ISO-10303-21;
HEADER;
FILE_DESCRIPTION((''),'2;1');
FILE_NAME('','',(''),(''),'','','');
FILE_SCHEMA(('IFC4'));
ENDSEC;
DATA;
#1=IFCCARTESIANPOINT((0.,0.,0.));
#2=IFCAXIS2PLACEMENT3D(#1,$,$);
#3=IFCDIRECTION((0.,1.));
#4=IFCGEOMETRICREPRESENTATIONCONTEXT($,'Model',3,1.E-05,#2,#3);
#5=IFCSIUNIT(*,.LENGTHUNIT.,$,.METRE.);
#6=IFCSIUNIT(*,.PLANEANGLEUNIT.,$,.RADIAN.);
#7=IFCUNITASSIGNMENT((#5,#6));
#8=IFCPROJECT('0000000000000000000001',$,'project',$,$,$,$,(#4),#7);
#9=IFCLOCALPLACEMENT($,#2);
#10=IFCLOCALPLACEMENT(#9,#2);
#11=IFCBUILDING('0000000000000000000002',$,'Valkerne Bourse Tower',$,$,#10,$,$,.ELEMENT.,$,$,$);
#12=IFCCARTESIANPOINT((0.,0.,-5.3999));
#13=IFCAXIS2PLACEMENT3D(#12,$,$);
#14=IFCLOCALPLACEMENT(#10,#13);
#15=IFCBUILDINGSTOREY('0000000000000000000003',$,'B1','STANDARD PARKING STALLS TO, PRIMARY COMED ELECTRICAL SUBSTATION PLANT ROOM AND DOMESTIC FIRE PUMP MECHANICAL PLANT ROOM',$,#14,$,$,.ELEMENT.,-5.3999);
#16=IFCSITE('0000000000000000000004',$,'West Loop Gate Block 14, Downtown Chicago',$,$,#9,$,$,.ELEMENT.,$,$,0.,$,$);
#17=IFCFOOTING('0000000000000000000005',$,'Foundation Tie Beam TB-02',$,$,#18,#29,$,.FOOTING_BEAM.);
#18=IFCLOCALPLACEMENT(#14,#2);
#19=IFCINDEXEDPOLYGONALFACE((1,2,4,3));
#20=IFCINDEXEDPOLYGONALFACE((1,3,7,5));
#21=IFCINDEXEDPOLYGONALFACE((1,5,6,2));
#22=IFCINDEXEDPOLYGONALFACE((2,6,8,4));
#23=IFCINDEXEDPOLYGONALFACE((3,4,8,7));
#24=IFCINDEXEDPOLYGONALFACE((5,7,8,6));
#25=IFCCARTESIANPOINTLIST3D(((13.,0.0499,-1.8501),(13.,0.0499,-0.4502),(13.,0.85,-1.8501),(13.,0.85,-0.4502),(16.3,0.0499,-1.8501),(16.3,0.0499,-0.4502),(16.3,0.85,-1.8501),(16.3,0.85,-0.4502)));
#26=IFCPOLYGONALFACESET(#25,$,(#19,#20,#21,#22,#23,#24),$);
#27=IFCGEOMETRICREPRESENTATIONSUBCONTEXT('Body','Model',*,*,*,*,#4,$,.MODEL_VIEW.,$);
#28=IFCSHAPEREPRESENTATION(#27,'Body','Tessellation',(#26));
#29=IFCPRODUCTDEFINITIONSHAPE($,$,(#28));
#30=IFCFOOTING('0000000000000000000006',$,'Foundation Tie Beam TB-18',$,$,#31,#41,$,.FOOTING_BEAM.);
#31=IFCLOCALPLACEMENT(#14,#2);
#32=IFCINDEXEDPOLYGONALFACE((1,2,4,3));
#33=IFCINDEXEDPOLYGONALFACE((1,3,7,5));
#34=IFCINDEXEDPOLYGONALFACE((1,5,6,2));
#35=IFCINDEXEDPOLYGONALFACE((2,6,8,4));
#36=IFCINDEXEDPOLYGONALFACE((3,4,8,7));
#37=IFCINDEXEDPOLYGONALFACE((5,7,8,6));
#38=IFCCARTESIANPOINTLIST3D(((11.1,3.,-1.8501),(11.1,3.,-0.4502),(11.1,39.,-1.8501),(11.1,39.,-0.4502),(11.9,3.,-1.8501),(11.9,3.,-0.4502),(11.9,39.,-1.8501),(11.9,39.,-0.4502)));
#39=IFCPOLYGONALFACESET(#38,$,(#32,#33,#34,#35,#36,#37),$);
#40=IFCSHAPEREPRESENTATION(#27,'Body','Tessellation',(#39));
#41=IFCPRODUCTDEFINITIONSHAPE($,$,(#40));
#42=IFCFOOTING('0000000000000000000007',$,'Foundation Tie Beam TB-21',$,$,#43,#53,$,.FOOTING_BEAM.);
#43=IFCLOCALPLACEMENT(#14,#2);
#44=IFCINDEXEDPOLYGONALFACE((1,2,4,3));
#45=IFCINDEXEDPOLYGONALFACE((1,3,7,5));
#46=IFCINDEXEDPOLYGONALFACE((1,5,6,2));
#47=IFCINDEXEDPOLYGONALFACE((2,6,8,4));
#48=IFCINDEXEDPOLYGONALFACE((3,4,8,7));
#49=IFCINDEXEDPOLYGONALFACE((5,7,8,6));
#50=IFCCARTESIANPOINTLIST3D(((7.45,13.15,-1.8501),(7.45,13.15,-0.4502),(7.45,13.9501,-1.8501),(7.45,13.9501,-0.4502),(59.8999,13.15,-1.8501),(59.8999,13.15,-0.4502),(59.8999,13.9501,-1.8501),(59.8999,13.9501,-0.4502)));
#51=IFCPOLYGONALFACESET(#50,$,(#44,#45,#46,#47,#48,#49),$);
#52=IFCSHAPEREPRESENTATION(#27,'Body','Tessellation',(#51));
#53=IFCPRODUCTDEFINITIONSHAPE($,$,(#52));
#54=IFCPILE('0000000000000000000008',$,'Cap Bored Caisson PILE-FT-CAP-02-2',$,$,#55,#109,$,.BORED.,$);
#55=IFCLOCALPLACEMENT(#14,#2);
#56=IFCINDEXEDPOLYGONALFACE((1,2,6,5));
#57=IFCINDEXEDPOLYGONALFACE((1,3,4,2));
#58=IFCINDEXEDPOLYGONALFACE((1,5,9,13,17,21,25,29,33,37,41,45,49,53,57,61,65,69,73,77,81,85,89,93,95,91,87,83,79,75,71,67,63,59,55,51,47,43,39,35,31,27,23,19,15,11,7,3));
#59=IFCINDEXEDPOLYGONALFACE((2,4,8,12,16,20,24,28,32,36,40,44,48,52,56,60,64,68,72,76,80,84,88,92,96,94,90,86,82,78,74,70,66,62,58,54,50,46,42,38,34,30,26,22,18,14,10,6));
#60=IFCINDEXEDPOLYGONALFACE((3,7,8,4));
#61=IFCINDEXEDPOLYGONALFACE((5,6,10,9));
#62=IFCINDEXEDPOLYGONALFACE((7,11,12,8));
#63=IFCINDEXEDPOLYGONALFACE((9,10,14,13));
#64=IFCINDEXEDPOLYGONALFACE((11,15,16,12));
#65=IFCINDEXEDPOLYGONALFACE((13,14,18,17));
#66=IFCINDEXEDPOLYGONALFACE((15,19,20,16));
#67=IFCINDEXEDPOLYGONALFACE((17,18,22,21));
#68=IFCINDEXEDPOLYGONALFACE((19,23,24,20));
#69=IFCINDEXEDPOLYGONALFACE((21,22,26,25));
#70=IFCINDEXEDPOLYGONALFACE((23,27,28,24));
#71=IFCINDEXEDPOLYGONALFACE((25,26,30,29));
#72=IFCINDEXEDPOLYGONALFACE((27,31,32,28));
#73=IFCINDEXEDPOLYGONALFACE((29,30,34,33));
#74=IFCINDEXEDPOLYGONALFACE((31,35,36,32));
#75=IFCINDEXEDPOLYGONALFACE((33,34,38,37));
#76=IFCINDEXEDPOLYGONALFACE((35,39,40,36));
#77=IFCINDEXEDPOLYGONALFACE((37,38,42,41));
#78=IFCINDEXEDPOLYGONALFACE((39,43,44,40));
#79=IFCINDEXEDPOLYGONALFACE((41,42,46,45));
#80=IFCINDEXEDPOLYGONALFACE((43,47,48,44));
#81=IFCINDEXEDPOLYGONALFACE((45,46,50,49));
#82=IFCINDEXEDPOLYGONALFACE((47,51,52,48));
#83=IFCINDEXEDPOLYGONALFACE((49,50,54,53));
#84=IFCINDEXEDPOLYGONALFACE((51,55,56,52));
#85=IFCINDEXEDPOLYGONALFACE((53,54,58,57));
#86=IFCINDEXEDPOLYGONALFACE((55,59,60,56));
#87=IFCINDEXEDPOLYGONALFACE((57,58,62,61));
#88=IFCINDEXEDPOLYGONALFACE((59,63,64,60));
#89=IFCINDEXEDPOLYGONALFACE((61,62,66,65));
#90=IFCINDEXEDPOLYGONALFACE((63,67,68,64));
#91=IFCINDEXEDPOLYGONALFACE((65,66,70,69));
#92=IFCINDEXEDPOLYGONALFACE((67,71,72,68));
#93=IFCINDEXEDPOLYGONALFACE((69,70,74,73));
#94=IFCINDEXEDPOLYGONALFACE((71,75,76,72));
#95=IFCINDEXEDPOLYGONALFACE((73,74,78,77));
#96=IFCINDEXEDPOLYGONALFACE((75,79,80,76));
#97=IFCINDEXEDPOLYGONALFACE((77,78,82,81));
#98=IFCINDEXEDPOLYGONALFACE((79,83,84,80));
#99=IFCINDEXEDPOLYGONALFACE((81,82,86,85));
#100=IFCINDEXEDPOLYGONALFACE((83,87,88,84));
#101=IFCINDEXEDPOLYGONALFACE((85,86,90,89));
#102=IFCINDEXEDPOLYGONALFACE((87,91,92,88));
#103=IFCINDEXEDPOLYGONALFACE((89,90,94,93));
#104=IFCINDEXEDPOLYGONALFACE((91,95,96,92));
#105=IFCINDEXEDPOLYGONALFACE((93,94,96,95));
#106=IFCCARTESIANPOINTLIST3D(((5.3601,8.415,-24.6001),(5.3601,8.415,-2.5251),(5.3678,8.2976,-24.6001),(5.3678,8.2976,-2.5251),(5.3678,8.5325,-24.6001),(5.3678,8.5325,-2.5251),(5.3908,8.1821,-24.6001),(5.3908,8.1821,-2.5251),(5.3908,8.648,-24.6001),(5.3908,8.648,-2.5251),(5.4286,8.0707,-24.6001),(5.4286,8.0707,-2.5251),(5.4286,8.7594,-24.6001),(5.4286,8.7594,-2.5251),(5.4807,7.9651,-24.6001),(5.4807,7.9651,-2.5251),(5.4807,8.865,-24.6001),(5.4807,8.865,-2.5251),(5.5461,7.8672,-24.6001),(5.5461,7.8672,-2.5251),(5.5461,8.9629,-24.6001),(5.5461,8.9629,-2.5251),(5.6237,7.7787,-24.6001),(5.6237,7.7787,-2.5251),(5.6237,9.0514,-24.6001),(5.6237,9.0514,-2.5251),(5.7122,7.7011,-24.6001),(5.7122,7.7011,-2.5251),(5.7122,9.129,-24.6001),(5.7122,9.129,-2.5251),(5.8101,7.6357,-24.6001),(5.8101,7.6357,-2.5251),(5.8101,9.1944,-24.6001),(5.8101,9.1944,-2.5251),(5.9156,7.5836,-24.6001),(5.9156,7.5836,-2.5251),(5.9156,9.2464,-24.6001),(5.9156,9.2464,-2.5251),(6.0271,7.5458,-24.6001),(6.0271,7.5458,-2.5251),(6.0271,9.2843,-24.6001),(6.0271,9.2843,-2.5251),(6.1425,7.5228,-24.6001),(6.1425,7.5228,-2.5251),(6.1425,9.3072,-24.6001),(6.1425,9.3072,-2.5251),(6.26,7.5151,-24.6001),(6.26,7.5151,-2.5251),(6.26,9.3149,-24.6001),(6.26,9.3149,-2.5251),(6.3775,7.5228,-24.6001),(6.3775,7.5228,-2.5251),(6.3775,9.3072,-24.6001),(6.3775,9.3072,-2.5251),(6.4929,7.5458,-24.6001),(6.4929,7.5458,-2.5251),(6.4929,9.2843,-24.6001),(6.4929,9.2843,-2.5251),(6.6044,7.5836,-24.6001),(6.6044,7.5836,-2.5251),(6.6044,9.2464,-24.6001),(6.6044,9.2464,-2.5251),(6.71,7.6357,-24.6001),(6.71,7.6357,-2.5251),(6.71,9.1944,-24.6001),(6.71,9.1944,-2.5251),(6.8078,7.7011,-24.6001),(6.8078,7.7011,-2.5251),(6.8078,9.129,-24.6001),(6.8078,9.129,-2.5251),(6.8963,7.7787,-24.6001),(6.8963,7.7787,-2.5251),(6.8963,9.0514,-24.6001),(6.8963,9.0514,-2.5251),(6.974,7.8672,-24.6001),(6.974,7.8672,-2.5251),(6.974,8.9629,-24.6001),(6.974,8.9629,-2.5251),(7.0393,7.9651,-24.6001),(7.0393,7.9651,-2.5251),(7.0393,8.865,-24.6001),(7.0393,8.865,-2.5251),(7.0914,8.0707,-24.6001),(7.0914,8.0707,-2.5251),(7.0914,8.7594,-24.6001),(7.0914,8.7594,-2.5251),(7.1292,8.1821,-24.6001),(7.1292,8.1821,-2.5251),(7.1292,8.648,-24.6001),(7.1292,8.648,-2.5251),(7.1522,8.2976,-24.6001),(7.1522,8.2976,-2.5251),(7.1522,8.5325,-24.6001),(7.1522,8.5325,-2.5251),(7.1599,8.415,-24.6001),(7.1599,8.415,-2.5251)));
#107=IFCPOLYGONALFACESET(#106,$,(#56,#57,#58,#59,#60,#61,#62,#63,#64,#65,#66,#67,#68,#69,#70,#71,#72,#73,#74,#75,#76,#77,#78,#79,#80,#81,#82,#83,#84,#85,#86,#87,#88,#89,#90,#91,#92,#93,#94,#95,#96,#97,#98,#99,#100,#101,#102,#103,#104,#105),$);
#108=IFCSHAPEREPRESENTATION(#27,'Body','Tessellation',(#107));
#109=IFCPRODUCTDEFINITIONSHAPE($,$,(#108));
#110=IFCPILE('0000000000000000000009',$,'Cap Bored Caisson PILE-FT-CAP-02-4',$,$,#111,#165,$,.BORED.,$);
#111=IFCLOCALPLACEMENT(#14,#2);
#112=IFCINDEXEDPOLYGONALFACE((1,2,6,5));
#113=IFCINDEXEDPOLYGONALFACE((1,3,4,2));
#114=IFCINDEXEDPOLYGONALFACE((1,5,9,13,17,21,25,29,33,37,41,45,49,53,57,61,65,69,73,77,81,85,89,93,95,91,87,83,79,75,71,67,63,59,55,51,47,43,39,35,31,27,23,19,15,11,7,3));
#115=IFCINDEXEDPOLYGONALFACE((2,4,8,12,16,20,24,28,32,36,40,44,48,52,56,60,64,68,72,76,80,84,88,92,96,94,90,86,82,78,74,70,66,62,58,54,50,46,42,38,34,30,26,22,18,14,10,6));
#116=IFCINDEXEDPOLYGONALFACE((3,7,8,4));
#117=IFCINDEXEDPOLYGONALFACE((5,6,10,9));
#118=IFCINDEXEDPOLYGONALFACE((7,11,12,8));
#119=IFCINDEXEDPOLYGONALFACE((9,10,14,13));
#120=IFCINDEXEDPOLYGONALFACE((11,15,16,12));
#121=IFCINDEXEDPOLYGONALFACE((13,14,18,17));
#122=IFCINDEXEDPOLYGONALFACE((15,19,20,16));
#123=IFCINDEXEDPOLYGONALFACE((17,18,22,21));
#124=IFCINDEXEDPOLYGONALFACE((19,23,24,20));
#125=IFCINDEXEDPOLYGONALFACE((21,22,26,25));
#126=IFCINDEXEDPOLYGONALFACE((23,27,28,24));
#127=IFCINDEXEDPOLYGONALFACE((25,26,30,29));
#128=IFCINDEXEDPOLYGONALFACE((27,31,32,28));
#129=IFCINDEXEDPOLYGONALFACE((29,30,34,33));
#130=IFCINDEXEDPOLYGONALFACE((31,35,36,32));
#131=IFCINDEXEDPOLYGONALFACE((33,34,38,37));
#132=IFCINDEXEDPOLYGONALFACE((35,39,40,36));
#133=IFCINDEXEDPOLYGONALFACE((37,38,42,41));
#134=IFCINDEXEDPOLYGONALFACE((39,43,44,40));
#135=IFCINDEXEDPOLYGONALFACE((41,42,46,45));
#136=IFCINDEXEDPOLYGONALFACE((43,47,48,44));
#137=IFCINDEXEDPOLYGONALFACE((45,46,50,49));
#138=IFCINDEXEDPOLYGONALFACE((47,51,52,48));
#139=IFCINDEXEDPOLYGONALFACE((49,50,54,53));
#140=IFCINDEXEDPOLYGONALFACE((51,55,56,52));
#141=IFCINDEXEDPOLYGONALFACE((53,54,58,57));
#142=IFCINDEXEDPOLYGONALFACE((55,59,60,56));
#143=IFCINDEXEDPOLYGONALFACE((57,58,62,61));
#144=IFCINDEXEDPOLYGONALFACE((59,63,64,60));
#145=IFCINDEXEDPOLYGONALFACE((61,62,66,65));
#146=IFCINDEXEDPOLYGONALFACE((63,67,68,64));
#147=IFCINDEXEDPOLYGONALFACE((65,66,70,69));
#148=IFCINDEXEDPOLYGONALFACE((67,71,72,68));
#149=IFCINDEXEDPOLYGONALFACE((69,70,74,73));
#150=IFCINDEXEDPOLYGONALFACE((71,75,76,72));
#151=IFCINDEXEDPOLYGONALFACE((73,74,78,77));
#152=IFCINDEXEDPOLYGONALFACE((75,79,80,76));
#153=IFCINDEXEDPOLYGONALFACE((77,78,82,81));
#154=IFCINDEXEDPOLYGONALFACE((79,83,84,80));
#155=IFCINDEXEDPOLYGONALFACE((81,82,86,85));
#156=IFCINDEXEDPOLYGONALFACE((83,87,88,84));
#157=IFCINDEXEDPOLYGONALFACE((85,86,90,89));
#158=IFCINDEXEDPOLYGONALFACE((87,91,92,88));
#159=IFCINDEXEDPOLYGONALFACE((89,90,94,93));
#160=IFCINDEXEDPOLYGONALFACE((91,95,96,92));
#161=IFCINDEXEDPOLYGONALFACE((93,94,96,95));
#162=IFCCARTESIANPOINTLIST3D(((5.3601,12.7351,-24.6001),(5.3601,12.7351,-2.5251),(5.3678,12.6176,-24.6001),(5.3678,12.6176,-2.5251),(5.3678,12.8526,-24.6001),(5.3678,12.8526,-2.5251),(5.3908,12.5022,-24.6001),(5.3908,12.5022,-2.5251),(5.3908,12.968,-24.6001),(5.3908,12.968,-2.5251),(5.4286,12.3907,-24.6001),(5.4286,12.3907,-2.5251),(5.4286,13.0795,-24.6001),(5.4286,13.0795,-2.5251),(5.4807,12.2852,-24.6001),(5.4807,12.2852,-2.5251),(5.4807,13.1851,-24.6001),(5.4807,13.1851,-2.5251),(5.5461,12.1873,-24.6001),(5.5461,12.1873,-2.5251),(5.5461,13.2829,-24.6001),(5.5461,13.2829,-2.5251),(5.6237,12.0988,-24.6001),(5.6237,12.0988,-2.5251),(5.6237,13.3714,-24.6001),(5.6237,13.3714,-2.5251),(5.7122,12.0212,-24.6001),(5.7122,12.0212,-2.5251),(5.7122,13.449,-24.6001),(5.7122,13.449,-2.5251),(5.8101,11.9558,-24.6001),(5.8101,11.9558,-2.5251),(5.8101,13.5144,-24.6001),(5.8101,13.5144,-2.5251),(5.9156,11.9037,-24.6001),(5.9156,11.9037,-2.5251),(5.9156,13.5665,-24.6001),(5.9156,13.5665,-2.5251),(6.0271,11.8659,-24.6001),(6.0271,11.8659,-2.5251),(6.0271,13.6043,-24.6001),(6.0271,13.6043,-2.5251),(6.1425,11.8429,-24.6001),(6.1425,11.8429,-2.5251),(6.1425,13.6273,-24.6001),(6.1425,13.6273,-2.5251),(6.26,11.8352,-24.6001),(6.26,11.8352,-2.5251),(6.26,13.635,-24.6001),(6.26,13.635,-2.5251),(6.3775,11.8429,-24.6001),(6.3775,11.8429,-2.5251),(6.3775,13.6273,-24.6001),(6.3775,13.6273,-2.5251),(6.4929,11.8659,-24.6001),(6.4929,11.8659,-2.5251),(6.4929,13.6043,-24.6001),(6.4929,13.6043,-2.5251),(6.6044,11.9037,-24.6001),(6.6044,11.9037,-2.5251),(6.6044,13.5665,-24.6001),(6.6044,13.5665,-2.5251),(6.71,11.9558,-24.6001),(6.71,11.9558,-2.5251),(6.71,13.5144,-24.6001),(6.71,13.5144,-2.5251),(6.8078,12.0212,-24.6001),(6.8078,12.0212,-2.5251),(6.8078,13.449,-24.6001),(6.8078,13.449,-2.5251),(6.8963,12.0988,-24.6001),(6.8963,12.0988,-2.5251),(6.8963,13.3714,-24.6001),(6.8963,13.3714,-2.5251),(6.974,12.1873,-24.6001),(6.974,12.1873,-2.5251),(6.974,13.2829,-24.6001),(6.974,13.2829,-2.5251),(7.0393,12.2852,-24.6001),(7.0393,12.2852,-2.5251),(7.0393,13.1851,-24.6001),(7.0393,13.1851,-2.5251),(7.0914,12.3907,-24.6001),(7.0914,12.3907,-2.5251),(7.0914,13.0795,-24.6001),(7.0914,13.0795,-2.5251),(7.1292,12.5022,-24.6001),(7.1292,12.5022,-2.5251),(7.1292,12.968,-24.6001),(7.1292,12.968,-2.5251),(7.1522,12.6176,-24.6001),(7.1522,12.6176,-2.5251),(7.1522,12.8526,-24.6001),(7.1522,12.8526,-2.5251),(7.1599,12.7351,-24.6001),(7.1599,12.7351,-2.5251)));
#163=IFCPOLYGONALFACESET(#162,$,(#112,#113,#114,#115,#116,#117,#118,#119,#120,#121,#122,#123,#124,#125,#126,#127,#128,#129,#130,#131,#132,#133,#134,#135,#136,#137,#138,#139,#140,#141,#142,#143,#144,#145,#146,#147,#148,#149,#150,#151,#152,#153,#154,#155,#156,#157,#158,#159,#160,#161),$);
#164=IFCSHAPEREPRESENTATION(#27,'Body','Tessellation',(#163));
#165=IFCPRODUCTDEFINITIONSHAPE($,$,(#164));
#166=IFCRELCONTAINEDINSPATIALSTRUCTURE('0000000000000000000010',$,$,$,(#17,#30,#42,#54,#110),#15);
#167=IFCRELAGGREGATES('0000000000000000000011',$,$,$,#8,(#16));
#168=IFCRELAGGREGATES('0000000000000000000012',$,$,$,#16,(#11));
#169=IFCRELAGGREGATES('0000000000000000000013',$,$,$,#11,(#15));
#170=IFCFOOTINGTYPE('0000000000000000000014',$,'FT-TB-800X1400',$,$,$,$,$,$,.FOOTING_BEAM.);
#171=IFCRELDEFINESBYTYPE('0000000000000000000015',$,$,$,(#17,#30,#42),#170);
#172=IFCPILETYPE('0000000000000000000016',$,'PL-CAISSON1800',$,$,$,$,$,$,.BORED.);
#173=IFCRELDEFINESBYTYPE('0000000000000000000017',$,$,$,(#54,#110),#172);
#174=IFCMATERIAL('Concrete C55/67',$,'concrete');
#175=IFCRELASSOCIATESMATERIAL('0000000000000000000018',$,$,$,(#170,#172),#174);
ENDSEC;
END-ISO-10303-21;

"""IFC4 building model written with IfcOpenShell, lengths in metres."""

from ifc_helpers import new_model, si_unit, direction, frame, origin, origin_2d, place, context, subcontext, project, spatial, rectangle, circle, extrude, material, material_profile, profile_set, type_object, element, save


model = new_model("IFC4")

# Units and contexts
model_context = context("Model", 3, precision=1e-05, world=origin(), true_north=direction((0.0, 1.0)))
body_context = subcontext(model_context, "Body", "Model", "MODEL_VIEW")
ifc_project = project(units=[si_unit("LENGTHUNIT", "METRE"), si_unit("PLANEANGLEUNIT", "RADIAN")], contexts=[model_context])

# Site, building, storey
site_placement = place(None, origin())
site = spatial("IfcSite", under=ifc_project, at=site_placement, Name="West Loop Gate Block 14, Downtown Chicago", CompositionType="ELEMENT", RefElevation=0.0)
building_placement = place(site_placement, origin())
building = spatial("IfcBuilding", under=site, at=building_placement, Name="Valkerne Bourse Tower", CompositionType="ELEMENT")
storey_placement = place(building_placement, frame((0.0, 0.0, -5.3999)))
storey = spatial("IfcBuildingStorey", under=building, at=storey_placement, Name="B1", Description="STANDARD PARKING STALLS TO, PRIMARY COMED ELECTRICAL SUBSTATION PLANT ROOM AND DOMESTIC FIRE PUMP MECHANICAL PLANT ROOM", CompositionType="ELEMENT", Elevation=-5.3999)

# Footings
ifc_material_1 = material(Name="Concrete C55/67", Category="concrete")
ifc_material_profile_1 = material_profile(ifc_material_1, rectangle(XDim=0.8, YDim=1.3999, at=origin_2d()), Name="RC800X1400")
ifc_profile_set_1 = profile_set([ifc_material_profile_1], Name="Concrete C55/67")
footing_type = type_object("IfcFootingType", Name="FT-TB-800X1400", PredefinedType="FOOTING_BEAM", material=ifc_profile_set_1)
footing_1_placement = place(storey_placement, frame((13.0, 0.45, -1.1501), z_axis=(1.0, 0.0, 0.0), x_axis=(0.0, 1.0, 0.0)))
element("IfcFooting", 1, at=footing_1_placement, inside=storey, type_object=footing_type, Name="Foundation Tie Beam TB-02", PredefinedType="FOOTING_BEAM", context=body_context, shape_type="SweptSolid", body=[
    extrude(rectangle(XDim=0.8, YDim=1.3999, at=origin_2d()), origin(), (0.0, 0.0, 1.0), 3.3),
])
footing_2_placement = place(storey_placement, frame((11.5, 3.0, -1.1501), z_axis=(0.0, 1.0, 0.0), x_axis=(-1.0, 0.0, 0.0)))
element("IfcFooting", 2, at=footing_2_placement, inside=storey, type_object=footing_type, Name="Foundation Tie Beam TB-18", PredefinedType="FOOTING_BEAM", context=body_context, shape_type="SweptSolid", body=[
    extrude(rectangle(XDim=0.8, YDim=1.3999, at=origin_2d()), origin(), (0.0, 0.0, 1.0), 36.0),
])
footing_3_placement = place(storey_placement, frame((7.45, 13.55, -1.1501), z_axis=(1.0, 0.0, 0.0), x_axis=(0.0, 1.0, 0.0)))
element("IfcFooting", 3, at=footing_3_placement, inside=storey, type_object=footing_type, Name="Foundation Tie Beam TB-21", PredefinedType="FOOTING_BEAM", context=body_context, shape_type="SweptSolid", body=[
    extrude(rectangle(XDim=0.8, YDim=1.3999, at=origin_2d()), origin(), (0.0, 0.0, 1.0), 52.45),
])

# Piles
ifc_material_profile_2 = material_profile(ifc_material_1, circle(Radius=0.8999, at=origin_2d()), Name="CAISSON1800")
ifc_profile_set_2 = profile_set([ifc_material_profile_2], Name="Concrete C55/67")
pile_type = type_object("IfcPileType", Name="PL-CAISSON1800", PredefinedType="BORED", material=ifc_profile_set_2)
for number, where, z_axis, x_axis, name in (
    (4, (6.26, 8.415, -2.5251), (0.0, 0.0, -1.0), (1.0, 0.0, 0.0), "Cap Bored Caisson PILE-FT-CAP-02-2"),
    (5, (6.26, 12.7351, -2.5251), (0.0, 0.0, -1.0), (1.0, 0.0, 0.0), "Cap Bored Caisson PILE-FT-CAP-02-4"),
):
    element("IfcPile", number, at=place(storey_placement, frame(where, z_axis=z_axis, x_axis=x_axis)), inside=storey, type_object=pile_type, Name=name, PredefinedType="BORED", context=body_context, shape_type="SweptSolid", body=[
        extrude(circle(Radius=0.8999, at=origin_2d()), origin(), (0.0, 0.0, 1.0), 22.075),
    ])

save(model, "model.ifc")
